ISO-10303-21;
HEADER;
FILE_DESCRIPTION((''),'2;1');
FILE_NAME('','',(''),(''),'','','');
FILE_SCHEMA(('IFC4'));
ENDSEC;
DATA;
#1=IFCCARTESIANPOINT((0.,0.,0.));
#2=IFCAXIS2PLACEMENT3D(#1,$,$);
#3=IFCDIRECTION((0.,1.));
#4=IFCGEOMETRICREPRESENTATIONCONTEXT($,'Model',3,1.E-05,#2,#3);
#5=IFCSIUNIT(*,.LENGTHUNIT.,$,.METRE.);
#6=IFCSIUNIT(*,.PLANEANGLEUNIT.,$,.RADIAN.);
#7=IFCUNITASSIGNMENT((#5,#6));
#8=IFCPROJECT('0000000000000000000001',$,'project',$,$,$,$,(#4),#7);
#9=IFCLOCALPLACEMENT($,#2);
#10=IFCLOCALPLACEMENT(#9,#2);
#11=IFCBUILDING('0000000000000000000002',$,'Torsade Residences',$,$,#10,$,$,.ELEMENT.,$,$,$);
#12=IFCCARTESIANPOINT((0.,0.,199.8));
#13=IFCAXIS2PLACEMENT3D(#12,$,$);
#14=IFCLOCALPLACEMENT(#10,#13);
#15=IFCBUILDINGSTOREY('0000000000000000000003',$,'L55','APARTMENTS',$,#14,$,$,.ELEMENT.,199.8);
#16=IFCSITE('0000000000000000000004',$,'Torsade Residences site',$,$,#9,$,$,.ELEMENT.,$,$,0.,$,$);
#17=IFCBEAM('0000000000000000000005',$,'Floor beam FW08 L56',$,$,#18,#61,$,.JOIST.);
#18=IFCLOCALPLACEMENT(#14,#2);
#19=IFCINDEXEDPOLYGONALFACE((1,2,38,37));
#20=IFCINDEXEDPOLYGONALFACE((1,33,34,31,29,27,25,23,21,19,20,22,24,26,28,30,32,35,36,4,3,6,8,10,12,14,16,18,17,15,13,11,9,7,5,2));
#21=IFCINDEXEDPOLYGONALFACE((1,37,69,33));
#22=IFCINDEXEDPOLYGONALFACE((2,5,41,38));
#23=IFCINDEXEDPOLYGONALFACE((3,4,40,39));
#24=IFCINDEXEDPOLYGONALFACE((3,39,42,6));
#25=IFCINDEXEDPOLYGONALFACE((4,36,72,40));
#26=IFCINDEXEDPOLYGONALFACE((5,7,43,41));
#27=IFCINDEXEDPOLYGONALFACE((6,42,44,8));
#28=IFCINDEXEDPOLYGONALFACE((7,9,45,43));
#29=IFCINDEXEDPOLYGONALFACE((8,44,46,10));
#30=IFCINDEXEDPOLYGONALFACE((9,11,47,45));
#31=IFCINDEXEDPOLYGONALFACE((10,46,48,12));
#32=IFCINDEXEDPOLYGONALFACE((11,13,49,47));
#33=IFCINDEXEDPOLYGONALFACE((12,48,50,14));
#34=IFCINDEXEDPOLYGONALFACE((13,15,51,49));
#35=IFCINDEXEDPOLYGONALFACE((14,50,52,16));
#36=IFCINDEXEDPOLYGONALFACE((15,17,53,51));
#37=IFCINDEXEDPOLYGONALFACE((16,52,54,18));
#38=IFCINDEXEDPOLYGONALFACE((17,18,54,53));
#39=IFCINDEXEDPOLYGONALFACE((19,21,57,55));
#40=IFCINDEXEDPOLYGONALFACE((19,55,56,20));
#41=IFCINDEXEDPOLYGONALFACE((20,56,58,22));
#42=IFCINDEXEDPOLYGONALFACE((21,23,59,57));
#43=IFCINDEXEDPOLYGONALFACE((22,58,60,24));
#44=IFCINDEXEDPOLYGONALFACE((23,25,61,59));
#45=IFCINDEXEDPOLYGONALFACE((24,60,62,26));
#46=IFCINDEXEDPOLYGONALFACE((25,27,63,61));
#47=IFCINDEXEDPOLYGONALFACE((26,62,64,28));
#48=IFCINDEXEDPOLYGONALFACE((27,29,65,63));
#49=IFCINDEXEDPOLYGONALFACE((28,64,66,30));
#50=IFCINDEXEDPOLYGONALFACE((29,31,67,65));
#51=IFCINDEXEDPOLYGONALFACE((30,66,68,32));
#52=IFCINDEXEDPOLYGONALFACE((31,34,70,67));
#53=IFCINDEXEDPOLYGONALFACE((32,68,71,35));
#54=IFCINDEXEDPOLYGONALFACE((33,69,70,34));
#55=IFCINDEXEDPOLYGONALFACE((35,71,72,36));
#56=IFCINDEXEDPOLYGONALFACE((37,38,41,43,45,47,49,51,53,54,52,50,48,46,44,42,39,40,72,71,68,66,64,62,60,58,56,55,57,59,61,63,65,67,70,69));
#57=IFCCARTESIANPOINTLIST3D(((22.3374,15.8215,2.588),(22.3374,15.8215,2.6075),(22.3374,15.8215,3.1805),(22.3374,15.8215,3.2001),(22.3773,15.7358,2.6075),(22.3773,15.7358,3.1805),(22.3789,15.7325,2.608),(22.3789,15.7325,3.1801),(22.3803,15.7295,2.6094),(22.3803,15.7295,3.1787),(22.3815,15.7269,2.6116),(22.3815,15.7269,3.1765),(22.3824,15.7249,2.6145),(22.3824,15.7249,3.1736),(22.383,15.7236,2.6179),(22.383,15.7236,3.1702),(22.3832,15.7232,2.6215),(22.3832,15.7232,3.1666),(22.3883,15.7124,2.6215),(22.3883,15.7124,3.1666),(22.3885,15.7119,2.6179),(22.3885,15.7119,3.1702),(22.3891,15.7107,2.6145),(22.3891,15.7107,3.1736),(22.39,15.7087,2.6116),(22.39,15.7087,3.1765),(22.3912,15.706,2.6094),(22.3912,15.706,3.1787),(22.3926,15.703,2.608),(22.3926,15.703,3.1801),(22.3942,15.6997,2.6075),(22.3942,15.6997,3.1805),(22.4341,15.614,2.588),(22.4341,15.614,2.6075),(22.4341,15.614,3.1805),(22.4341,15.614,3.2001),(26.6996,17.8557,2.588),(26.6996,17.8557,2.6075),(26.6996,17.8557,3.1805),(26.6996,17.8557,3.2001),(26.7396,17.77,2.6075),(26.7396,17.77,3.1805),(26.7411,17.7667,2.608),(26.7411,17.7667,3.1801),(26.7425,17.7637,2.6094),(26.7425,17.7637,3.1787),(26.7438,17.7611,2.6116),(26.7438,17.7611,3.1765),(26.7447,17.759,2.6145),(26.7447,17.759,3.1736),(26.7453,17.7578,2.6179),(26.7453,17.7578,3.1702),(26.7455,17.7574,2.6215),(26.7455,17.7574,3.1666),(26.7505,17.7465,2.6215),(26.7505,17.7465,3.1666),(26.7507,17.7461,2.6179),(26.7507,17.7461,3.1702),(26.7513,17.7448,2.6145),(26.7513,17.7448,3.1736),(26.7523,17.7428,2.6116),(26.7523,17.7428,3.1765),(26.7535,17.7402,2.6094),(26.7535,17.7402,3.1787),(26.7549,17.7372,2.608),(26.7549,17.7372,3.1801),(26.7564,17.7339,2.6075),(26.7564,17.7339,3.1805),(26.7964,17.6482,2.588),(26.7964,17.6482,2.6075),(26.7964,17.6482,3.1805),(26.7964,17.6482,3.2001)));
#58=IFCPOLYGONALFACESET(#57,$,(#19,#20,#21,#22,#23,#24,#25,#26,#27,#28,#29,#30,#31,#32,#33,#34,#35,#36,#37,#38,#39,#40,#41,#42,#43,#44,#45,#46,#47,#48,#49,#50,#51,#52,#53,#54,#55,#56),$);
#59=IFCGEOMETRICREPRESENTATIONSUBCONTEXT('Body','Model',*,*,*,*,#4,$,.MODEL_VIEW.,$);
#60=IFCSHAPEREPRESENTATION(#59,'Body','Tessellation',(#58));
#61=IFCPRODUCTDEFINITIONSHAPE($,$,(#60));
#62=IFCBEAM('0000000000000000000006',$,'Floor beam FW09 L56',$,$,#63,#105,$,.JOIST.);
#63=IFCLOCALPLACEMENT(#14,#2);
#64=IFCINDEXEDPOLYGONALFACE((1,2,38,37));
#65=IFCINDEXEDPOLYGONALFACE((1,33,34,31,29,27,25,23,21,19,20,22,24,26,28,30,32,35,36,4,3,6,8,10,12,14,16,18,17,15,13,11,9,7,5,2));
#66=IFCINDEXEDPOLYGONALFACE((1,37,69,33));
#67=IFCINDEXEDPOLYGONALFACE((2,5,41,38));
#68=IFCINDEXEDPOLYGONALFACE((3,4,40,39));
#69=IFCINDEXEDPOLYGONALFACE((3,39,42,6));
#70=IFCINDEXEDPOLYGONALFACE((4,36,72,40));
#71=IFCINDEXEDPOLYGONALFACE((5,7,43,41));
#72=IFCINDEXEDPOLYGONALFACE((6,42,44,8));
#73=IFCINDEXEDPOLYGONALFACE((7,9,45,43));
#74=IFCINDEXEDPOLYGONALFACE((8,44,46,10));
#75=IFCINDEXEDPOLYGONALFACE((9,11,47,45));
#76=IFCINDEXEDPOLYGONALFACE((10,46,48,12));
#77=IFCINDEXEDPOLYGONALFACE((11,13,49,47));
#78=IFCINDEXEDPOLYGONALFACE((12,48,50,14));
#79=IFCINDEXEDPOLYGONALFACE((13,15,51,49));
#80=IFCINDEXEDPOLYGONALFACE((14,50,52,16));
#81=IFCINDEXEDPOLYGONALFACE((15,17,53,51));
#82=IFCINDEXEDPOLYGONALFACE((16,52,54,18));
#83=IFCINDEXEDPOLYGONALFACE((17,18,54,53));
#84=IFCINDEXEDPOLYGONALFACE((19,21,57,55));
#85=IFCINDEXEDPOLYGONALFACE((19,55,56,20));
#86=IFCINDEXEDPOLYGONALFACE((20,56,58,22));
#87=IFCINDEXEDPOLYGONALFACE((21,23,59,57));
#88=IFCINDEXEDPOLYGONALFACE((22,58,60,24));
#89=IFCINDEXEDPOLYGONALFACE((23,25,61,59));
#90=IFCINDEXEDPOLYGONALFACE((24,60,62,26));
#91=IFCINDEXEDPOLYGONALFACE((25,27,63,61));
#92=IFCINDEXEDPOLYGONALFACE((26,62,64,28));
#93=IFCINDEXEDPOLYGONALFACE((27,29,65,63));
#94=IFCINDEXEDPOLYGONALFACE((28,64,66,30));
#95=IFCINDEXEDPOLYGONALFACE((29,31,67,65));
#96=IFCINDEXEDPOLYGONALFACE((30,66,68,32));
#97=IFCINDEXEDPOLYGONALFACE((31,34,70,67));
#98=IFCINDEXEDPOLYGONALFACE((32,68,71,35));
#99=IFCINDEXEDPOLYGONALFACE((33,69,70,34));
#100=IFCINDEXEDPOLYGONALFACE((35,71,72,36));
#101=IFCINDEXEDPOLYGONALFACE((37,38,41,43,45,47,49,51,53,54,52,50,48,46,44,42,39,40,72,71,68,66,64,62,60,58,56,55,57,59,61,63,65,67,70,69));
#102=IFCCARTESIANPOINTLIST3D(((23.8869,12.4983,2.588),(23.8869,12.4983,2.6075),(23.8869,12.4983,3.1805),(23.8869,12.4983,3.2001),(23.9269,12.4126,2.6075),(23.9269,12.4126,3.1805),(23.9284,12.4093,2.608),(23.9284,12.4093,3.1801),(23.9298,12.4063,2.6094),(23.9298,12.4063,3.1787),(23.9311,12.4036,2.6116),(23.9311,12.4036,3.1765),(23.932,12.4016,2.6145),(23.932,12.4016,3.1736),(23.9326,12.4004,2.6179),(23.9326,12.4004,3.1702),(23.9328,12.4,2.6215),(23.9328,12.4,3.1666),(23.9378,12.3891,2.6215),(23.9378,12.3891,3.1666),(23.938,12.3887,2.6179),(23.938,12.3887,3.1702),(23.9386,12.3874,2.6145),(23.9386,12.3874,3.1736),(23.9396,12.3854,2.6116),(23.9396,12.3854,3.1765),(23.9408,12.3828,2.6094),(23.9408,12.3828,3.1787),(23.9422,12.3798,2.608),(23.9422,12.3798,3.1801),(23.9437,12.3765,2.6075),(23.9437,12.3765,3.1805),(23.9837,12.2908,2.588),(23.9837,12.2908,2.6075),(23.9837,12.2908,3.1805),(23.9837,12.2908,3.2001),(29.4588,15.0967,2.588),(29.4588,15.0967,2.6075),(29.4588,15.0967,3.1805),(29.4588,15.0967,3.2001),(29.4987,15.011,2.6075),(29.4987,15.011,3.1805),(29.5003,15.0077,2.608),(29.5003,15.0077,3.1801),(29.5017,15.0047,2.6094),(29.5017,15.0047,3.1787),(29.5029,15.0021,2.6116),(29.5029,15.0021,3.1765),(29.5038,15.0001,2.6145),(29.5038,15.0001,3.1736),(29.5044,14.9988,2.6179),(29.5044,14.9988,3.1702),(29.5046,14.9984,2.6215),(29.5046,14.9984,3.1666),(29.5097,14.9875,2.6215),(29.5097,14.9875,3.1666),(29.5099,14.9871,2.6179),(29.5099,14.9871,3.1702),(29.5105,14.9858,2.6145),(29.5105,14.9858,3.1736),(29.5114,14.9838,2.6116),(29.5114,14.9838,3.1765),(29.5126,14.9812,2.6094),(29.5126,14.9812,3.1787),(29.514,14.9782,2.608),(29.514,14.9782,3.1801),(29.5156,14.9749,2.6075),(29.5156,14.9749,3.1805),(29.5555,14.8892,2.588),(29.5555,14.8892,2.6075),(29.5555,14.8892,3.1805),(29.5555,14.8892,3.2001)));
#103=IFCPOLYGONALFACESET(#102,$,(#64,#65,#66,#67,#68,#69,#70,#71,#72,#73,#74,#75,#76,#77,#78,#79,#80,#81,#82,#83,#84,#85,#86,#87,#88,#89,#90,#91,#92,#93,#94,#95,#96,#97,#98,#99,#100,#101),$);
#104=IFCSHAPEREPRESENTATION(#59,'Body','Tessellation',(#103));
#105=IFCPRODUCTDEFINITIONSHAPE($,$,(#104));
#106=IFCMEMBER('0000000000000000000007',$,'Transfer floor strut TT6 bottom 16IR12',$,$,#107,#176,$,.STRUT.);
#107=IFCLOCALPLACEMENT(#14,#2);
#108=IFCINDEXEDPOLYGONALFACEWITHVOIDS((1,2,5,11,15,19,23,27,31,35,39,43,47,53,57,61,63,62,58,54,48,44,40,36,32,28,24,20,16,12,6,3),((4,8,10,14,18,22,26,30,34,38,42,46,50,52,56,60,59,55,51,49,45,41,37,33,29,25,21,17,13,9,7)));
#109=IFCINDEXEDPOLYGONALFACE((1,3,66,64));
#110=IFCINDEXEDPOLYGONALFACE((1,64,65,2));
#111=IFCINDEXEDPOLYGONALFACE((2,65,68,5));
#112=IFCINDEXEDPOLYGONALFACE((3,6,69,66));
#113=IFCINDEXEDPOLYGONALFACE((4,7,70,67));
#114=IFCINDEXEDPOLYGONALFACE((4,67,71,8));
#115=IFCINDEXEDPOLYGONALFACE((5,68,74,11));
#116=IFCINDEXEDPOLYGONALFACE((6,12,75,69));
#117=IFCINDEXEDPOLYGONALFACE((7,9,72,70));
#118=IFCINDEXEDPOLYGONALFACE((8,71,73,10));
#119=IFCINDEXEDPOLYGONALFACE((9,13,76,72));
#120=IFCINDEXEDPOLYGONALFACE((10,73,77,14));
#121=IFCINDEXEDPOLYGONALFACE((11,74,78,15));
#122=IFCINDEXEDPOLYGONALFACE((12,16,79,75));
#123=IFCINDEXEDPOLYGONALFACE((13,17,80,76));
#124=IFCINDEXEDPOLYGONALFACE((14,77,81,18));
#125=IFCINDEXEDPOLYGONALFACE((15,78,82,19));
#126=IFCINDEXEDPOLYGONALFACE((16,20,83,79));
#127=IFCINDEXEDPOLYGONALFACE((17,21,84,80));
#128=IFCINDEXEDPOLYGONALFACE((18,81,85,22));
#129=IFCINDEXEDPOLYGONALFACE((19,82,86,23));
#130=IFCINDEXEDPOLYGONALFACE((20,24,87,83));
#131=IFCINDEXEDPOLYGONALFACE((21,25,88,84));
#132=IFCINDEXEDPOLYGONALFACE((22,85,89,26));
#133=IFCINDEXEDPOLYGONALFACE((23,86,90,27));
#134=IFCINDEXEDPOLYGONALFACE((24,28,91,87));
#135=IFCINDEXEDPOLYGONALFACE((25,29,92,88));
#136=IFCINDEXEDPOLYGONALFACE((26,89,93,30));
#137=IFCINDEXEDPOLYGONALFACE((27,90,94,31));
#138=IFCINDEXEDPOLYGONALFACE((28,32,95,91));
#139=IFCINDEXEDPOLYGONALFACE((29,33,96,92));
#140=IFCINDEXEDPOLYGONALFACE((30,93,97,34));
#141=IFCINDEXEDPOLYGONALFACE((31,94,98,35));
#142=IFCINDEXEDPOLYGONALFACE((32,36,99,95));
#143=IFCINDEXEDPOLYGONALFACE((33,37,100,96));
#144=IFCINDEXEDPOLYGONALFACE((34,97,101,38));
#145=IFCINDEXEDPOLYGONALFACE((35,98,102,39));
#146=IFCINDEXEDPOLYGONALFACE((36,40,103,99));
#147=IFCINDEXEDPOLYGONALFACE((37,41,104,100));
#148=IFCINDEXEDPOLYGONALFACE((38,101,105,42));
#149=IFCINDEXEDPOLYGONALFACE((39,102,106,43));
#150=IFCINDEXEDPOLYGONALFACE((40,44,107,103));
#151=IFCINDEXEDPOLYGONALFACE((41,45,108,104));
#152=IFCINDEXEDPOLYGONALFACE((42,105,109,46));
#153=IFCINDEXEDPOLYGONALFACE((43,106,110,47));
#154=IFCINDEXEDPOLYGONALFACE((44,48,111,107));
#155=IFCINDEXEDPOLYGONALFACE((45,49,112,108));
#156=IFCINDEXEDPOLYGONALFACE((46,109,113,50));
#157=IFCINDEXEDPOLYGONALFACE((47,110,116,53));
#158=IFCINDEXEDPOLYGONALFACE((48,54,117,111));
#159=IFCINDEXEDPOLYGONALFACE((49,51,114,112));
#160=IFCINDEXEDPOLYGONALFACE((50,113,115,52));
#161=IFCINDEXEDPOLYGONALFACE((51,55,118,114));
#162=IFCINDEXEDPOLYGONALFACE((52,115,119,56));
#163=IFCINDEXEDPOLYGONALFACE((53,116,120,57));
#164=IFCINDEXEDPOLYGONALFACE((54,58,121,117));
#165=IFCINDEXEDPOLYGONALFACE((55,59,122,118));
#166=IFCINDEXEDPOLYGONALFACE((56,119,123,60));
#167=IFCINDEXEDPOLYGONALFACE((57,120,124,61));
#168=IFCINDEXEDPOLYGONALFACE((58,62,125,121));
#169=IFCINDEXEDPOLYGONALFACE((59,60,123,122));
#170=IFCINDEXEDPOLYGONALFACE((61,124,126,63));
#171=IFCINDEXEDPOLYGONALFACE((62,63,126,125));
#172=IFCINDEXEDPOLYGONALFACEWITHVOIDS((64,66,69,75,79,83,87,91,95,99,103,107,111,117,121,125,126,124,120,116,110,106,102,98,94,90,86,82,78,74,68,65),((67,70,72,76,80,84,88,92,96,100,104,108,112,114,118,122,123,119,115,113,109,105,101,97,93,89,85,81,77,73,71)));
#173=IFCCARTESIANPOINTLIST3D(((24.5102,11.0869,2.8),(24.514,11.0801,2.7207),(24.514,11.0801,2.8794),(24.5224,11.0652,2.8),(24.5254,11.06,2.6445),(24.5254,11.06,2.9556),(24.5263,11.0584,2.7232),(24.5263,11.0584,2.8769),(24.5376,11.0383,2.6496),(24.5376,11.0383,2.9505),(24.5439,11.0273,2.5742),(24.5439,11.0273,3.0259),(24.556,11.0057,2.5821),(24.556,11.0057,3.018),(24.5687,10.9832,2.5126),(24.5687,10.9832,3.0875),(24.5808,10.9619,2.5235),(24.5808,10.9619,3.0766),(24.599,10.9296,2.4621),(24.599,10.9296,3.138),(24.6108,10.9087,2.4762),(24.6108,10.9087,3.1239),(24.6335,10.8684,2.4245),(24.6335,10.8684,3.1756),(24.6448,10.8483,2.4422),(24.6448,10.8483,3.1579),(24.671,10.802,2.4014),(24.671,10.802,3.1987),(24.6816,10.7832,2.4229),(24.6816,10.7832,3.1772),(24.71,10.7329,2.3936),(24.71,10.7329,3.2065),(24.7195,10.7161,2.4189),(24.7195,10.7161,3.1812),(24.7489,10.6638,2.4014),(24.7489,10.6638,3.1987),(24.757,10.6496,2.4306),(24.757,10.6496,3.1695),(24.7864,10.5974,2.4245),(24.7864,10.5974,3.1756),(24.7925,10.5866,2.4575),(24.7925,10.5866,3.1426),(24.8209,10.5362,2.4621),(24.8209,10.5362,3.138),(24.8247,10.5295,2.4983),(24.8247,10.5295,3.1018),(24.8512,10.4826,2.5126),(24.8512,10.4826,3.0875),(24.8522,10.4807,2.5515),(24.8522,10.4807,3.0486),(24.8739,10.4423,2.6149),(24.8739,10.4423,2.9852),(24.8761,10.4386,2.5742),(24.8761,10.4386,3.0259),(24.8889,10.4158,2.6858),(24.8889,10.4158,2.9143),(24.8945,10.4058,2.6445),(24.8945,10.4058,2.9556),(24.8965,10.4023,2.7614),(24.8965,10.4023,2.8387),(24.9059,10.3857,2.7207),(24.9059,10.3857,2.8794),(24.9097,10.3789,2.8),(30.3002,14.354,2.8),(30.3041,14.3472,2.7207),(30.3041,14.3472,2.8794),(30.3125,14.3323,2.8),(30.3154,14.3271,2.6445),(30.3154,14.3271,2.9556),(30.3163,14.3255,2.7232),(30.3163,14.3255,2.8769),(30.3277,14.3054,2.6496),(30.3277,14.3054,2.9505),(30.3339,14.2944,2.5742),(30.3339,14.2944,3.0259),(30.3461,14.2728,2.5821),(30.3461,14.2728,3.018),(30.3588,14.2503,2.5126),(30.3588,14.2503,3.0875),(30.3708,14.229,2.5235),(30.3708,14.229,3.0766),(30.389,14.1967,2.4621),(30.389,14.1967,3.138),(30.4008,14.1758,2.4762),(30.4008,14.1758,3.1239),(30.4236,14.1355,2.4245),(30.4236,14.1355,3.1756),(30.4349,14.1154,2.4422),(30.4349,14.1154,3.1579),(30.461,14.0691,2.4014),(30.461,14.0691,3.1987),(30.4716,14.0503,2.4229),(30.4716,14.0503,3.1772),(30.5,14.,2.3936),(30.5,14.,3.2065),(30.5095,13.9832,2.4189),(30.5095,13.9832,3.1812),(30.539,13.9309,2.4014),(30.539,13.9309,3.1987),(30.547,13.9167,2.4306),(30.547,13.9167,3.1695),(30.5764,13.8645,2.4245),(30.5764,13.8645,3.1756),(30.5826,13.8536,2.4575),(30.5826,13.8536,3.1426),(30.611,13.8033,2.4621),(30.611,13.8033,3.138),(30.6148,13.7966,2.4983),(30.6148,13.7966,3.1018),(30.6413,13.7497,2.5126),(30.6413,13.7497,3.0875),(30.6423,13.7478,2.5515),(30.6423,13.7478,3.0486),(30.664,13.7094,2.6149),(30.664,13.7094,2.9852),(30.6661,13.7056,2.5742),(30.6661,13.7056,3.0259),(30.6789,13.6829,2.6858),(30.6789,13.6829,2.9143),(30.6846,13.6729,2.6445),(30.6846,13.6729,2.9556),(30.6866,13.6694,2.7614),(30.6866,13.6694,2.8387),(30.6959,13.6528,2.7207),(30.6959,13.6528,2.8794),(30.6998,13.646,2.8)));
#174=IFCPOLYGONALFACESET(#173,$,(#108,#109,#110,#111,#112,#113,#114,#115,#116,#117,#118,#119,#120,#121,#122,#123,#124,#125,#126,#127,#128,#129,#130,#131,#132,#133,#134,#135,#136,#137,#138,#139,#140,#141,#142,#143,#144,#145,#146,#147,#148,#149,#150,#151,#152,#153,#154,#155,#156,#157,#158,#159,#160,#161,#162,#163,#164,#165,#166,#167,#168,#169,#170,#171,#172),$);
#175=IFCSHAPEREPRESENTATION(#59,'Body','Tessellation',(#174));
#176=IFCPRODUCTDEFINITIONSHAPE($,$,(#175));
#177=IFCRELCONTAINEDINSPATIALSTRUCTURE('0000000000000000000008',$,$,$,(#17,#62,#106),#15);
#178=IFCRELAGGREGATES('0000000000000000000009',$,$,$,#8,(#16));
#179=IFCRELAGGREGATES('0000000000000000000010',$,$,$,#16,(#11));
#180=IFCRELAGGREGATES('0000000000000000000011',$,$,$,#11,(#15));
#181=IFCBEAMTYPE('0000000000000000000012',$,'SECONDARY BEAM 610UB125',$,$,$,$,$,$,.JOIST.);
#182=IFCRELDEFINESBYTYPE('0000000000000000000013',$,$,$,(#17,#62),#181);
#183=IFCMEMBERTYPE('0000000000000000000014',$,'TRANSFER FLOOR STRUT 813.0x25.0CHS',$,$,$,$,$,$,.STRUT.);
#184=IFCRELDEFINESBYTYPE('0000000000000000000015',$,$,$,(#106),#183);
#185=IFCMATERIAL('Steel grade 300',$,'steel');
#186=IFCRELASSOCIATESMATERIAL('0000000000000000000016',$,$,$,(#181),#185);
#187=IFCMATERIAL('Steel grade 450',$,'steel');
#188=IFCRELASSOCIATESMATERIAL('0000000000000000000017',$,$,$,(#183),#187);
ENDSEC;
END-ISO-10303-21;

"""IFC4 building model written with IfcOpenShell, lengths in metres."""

from ifc_helpers import new_model, si_unit, direction, frame, origin, origin_2d, place, context, subcontext, project, spatial, hollow_circle, i_section, extrude, material, material_profile, profile_set, type_object, element, save


model = new_model("IFC4")

# Units and contexts
model_context = context("Model", 3, precision=1e-05, world=origin(), true_north=direction((0.0, 1.0)))
body_context = subcontext(model_context, "Body", "Model", "MODEL_VIEW")
ifc_project = project(units=[si_unit("LENGTHUNIT", "METRE"), si_unit("PLANEANGLEUNIT", "RADIAN")], contexts=[model_context])

# Site, building, storey
site_placement = place(None, origin())
site = spatial("IfcSite", under=ifc_project, at=site_placement, Name="Torsade Residences site", CompositionType="ELEMENT", RefElevation=0.0)
building_placement = place(site_placement, origin())
building = spatial("IfcBuilding", under=site, at=building_placement, Name="Torsade Residences", CompositionType="ELEMENT")
storey_placement = place(building_placement, frame((0.0, 0.0, 199.8)))
storey = spatial("IfcBuildingStorey", under=building, at=storey_placement, Name="L55", Description="APARTMENTS", CompositionType="ELEMENT", Elevation=199.8)

# Beams
ifc_material_1 = material(Name="Steel grade 300", Category="steel")
ifc_material_profile_1 = material_profile(ifc_material_1, i_section(OverallWidth=0.229, OverallDepth=0.6121, WebThickness=0.012, FlangeThickness=0.0195, FilletRadius=0.0139, at=origin_2d()), Name="610UB125")
ifc_profile_set_1 = profile_set([ifc_material_profile_1], Name="Steel grade 300")
beam_type_1 = type_object("IfcBeamType", Name="SECONDARY BEAM 610UB125", PredefinedType="JOIST", material=ifc_profile_set_1)
beam_1_placement = place(storey_placement, frame((22.3857, 15.7178, 2.894), z_axis=(0.906308, 0.422619, 0.0), x_axis=(-0.422619, 0.906308, 0.0)))
element("IfcBeam", 1, at=beam_1_placement, inside=storey, type_object=beam_type_1, Name="Floor beam FW08 L56", PredefinedType="JOIST", context=body_context, shape_type="SweptSolid", body=[
    extrude(i_section(OverallWidth=0.229, OverallDepth=0.6121, WebThickness=0.012, FlangeThickness=0.0195, FilletRadius=0.0139, at=origin_2d()), origin(), (0.0, 0.0, 1.0), 4.8132),
])
beam_2_placement = place(storey_placement, frame((23.9353, 12.3945, 2.894), z_axis=(0.906294, 0.422648, 0.0), x_axis=(-0.422648, 0.906294, 0.0)))
element("IfcBeam", 2, at=beam_2_placement, inside=storey, type_object=beam_type_1, Name="Floor beam FW09 L56", PredefinedType="JOIST", context=body_context, shape_type="SweptSolid", body=[
    extrude(i_section(OverallWidth=0.229, OverallDepth=0.6121, WebThickness=0.012, FlangeThickness=0.0195, FilletRadius=0.0139, at=origin_2d()), origin(), (0.0, 0.0, 1.0), 6.1479),
])

# Member
ifc_material_2 = material(Name="Steel grade 450", Category="steel")
ifc_material_profile_2 = material_profile(ifc_material_2, hollow_circle(Radius=0.4065, WallThickness=0.0249, at=origin_2d()), Name="813.0x25.0CHS")
ifc_profile_set_2 = profile_set([ifc_material_profile_2], Name="Steel grade 450")
member_type_1 = type_object("IfcMemberType", Name="TRANSFER FLOOR STRUT 813.0x25.0CHS", PredefinedType="STRUT", material=ifc_profile_set_2)
member_1_placement = place(storey_placement, frame((24.71, 10.7329, 2.8), z_axis=(0.87092, 0.491425, 0.0), x_axis=(-0.491425, 0.87092, 0.0)))
element("IfcMember", 3, at=member_1_placement, inside=storey, type_object=member_type_1, Name="Transfer floor strut TT6 bottom 16IR12", PredefinedType="STRUT", context=body_context, shape_type="SweptSolid", body=[
    extrude(hollow_circle(Radius=0.4065, WallThickness=0.0249, at=origin_2d()), origin(), (0.0, 0.0, 1.0), 6.6482),
])

save(model, "model.ifc")
